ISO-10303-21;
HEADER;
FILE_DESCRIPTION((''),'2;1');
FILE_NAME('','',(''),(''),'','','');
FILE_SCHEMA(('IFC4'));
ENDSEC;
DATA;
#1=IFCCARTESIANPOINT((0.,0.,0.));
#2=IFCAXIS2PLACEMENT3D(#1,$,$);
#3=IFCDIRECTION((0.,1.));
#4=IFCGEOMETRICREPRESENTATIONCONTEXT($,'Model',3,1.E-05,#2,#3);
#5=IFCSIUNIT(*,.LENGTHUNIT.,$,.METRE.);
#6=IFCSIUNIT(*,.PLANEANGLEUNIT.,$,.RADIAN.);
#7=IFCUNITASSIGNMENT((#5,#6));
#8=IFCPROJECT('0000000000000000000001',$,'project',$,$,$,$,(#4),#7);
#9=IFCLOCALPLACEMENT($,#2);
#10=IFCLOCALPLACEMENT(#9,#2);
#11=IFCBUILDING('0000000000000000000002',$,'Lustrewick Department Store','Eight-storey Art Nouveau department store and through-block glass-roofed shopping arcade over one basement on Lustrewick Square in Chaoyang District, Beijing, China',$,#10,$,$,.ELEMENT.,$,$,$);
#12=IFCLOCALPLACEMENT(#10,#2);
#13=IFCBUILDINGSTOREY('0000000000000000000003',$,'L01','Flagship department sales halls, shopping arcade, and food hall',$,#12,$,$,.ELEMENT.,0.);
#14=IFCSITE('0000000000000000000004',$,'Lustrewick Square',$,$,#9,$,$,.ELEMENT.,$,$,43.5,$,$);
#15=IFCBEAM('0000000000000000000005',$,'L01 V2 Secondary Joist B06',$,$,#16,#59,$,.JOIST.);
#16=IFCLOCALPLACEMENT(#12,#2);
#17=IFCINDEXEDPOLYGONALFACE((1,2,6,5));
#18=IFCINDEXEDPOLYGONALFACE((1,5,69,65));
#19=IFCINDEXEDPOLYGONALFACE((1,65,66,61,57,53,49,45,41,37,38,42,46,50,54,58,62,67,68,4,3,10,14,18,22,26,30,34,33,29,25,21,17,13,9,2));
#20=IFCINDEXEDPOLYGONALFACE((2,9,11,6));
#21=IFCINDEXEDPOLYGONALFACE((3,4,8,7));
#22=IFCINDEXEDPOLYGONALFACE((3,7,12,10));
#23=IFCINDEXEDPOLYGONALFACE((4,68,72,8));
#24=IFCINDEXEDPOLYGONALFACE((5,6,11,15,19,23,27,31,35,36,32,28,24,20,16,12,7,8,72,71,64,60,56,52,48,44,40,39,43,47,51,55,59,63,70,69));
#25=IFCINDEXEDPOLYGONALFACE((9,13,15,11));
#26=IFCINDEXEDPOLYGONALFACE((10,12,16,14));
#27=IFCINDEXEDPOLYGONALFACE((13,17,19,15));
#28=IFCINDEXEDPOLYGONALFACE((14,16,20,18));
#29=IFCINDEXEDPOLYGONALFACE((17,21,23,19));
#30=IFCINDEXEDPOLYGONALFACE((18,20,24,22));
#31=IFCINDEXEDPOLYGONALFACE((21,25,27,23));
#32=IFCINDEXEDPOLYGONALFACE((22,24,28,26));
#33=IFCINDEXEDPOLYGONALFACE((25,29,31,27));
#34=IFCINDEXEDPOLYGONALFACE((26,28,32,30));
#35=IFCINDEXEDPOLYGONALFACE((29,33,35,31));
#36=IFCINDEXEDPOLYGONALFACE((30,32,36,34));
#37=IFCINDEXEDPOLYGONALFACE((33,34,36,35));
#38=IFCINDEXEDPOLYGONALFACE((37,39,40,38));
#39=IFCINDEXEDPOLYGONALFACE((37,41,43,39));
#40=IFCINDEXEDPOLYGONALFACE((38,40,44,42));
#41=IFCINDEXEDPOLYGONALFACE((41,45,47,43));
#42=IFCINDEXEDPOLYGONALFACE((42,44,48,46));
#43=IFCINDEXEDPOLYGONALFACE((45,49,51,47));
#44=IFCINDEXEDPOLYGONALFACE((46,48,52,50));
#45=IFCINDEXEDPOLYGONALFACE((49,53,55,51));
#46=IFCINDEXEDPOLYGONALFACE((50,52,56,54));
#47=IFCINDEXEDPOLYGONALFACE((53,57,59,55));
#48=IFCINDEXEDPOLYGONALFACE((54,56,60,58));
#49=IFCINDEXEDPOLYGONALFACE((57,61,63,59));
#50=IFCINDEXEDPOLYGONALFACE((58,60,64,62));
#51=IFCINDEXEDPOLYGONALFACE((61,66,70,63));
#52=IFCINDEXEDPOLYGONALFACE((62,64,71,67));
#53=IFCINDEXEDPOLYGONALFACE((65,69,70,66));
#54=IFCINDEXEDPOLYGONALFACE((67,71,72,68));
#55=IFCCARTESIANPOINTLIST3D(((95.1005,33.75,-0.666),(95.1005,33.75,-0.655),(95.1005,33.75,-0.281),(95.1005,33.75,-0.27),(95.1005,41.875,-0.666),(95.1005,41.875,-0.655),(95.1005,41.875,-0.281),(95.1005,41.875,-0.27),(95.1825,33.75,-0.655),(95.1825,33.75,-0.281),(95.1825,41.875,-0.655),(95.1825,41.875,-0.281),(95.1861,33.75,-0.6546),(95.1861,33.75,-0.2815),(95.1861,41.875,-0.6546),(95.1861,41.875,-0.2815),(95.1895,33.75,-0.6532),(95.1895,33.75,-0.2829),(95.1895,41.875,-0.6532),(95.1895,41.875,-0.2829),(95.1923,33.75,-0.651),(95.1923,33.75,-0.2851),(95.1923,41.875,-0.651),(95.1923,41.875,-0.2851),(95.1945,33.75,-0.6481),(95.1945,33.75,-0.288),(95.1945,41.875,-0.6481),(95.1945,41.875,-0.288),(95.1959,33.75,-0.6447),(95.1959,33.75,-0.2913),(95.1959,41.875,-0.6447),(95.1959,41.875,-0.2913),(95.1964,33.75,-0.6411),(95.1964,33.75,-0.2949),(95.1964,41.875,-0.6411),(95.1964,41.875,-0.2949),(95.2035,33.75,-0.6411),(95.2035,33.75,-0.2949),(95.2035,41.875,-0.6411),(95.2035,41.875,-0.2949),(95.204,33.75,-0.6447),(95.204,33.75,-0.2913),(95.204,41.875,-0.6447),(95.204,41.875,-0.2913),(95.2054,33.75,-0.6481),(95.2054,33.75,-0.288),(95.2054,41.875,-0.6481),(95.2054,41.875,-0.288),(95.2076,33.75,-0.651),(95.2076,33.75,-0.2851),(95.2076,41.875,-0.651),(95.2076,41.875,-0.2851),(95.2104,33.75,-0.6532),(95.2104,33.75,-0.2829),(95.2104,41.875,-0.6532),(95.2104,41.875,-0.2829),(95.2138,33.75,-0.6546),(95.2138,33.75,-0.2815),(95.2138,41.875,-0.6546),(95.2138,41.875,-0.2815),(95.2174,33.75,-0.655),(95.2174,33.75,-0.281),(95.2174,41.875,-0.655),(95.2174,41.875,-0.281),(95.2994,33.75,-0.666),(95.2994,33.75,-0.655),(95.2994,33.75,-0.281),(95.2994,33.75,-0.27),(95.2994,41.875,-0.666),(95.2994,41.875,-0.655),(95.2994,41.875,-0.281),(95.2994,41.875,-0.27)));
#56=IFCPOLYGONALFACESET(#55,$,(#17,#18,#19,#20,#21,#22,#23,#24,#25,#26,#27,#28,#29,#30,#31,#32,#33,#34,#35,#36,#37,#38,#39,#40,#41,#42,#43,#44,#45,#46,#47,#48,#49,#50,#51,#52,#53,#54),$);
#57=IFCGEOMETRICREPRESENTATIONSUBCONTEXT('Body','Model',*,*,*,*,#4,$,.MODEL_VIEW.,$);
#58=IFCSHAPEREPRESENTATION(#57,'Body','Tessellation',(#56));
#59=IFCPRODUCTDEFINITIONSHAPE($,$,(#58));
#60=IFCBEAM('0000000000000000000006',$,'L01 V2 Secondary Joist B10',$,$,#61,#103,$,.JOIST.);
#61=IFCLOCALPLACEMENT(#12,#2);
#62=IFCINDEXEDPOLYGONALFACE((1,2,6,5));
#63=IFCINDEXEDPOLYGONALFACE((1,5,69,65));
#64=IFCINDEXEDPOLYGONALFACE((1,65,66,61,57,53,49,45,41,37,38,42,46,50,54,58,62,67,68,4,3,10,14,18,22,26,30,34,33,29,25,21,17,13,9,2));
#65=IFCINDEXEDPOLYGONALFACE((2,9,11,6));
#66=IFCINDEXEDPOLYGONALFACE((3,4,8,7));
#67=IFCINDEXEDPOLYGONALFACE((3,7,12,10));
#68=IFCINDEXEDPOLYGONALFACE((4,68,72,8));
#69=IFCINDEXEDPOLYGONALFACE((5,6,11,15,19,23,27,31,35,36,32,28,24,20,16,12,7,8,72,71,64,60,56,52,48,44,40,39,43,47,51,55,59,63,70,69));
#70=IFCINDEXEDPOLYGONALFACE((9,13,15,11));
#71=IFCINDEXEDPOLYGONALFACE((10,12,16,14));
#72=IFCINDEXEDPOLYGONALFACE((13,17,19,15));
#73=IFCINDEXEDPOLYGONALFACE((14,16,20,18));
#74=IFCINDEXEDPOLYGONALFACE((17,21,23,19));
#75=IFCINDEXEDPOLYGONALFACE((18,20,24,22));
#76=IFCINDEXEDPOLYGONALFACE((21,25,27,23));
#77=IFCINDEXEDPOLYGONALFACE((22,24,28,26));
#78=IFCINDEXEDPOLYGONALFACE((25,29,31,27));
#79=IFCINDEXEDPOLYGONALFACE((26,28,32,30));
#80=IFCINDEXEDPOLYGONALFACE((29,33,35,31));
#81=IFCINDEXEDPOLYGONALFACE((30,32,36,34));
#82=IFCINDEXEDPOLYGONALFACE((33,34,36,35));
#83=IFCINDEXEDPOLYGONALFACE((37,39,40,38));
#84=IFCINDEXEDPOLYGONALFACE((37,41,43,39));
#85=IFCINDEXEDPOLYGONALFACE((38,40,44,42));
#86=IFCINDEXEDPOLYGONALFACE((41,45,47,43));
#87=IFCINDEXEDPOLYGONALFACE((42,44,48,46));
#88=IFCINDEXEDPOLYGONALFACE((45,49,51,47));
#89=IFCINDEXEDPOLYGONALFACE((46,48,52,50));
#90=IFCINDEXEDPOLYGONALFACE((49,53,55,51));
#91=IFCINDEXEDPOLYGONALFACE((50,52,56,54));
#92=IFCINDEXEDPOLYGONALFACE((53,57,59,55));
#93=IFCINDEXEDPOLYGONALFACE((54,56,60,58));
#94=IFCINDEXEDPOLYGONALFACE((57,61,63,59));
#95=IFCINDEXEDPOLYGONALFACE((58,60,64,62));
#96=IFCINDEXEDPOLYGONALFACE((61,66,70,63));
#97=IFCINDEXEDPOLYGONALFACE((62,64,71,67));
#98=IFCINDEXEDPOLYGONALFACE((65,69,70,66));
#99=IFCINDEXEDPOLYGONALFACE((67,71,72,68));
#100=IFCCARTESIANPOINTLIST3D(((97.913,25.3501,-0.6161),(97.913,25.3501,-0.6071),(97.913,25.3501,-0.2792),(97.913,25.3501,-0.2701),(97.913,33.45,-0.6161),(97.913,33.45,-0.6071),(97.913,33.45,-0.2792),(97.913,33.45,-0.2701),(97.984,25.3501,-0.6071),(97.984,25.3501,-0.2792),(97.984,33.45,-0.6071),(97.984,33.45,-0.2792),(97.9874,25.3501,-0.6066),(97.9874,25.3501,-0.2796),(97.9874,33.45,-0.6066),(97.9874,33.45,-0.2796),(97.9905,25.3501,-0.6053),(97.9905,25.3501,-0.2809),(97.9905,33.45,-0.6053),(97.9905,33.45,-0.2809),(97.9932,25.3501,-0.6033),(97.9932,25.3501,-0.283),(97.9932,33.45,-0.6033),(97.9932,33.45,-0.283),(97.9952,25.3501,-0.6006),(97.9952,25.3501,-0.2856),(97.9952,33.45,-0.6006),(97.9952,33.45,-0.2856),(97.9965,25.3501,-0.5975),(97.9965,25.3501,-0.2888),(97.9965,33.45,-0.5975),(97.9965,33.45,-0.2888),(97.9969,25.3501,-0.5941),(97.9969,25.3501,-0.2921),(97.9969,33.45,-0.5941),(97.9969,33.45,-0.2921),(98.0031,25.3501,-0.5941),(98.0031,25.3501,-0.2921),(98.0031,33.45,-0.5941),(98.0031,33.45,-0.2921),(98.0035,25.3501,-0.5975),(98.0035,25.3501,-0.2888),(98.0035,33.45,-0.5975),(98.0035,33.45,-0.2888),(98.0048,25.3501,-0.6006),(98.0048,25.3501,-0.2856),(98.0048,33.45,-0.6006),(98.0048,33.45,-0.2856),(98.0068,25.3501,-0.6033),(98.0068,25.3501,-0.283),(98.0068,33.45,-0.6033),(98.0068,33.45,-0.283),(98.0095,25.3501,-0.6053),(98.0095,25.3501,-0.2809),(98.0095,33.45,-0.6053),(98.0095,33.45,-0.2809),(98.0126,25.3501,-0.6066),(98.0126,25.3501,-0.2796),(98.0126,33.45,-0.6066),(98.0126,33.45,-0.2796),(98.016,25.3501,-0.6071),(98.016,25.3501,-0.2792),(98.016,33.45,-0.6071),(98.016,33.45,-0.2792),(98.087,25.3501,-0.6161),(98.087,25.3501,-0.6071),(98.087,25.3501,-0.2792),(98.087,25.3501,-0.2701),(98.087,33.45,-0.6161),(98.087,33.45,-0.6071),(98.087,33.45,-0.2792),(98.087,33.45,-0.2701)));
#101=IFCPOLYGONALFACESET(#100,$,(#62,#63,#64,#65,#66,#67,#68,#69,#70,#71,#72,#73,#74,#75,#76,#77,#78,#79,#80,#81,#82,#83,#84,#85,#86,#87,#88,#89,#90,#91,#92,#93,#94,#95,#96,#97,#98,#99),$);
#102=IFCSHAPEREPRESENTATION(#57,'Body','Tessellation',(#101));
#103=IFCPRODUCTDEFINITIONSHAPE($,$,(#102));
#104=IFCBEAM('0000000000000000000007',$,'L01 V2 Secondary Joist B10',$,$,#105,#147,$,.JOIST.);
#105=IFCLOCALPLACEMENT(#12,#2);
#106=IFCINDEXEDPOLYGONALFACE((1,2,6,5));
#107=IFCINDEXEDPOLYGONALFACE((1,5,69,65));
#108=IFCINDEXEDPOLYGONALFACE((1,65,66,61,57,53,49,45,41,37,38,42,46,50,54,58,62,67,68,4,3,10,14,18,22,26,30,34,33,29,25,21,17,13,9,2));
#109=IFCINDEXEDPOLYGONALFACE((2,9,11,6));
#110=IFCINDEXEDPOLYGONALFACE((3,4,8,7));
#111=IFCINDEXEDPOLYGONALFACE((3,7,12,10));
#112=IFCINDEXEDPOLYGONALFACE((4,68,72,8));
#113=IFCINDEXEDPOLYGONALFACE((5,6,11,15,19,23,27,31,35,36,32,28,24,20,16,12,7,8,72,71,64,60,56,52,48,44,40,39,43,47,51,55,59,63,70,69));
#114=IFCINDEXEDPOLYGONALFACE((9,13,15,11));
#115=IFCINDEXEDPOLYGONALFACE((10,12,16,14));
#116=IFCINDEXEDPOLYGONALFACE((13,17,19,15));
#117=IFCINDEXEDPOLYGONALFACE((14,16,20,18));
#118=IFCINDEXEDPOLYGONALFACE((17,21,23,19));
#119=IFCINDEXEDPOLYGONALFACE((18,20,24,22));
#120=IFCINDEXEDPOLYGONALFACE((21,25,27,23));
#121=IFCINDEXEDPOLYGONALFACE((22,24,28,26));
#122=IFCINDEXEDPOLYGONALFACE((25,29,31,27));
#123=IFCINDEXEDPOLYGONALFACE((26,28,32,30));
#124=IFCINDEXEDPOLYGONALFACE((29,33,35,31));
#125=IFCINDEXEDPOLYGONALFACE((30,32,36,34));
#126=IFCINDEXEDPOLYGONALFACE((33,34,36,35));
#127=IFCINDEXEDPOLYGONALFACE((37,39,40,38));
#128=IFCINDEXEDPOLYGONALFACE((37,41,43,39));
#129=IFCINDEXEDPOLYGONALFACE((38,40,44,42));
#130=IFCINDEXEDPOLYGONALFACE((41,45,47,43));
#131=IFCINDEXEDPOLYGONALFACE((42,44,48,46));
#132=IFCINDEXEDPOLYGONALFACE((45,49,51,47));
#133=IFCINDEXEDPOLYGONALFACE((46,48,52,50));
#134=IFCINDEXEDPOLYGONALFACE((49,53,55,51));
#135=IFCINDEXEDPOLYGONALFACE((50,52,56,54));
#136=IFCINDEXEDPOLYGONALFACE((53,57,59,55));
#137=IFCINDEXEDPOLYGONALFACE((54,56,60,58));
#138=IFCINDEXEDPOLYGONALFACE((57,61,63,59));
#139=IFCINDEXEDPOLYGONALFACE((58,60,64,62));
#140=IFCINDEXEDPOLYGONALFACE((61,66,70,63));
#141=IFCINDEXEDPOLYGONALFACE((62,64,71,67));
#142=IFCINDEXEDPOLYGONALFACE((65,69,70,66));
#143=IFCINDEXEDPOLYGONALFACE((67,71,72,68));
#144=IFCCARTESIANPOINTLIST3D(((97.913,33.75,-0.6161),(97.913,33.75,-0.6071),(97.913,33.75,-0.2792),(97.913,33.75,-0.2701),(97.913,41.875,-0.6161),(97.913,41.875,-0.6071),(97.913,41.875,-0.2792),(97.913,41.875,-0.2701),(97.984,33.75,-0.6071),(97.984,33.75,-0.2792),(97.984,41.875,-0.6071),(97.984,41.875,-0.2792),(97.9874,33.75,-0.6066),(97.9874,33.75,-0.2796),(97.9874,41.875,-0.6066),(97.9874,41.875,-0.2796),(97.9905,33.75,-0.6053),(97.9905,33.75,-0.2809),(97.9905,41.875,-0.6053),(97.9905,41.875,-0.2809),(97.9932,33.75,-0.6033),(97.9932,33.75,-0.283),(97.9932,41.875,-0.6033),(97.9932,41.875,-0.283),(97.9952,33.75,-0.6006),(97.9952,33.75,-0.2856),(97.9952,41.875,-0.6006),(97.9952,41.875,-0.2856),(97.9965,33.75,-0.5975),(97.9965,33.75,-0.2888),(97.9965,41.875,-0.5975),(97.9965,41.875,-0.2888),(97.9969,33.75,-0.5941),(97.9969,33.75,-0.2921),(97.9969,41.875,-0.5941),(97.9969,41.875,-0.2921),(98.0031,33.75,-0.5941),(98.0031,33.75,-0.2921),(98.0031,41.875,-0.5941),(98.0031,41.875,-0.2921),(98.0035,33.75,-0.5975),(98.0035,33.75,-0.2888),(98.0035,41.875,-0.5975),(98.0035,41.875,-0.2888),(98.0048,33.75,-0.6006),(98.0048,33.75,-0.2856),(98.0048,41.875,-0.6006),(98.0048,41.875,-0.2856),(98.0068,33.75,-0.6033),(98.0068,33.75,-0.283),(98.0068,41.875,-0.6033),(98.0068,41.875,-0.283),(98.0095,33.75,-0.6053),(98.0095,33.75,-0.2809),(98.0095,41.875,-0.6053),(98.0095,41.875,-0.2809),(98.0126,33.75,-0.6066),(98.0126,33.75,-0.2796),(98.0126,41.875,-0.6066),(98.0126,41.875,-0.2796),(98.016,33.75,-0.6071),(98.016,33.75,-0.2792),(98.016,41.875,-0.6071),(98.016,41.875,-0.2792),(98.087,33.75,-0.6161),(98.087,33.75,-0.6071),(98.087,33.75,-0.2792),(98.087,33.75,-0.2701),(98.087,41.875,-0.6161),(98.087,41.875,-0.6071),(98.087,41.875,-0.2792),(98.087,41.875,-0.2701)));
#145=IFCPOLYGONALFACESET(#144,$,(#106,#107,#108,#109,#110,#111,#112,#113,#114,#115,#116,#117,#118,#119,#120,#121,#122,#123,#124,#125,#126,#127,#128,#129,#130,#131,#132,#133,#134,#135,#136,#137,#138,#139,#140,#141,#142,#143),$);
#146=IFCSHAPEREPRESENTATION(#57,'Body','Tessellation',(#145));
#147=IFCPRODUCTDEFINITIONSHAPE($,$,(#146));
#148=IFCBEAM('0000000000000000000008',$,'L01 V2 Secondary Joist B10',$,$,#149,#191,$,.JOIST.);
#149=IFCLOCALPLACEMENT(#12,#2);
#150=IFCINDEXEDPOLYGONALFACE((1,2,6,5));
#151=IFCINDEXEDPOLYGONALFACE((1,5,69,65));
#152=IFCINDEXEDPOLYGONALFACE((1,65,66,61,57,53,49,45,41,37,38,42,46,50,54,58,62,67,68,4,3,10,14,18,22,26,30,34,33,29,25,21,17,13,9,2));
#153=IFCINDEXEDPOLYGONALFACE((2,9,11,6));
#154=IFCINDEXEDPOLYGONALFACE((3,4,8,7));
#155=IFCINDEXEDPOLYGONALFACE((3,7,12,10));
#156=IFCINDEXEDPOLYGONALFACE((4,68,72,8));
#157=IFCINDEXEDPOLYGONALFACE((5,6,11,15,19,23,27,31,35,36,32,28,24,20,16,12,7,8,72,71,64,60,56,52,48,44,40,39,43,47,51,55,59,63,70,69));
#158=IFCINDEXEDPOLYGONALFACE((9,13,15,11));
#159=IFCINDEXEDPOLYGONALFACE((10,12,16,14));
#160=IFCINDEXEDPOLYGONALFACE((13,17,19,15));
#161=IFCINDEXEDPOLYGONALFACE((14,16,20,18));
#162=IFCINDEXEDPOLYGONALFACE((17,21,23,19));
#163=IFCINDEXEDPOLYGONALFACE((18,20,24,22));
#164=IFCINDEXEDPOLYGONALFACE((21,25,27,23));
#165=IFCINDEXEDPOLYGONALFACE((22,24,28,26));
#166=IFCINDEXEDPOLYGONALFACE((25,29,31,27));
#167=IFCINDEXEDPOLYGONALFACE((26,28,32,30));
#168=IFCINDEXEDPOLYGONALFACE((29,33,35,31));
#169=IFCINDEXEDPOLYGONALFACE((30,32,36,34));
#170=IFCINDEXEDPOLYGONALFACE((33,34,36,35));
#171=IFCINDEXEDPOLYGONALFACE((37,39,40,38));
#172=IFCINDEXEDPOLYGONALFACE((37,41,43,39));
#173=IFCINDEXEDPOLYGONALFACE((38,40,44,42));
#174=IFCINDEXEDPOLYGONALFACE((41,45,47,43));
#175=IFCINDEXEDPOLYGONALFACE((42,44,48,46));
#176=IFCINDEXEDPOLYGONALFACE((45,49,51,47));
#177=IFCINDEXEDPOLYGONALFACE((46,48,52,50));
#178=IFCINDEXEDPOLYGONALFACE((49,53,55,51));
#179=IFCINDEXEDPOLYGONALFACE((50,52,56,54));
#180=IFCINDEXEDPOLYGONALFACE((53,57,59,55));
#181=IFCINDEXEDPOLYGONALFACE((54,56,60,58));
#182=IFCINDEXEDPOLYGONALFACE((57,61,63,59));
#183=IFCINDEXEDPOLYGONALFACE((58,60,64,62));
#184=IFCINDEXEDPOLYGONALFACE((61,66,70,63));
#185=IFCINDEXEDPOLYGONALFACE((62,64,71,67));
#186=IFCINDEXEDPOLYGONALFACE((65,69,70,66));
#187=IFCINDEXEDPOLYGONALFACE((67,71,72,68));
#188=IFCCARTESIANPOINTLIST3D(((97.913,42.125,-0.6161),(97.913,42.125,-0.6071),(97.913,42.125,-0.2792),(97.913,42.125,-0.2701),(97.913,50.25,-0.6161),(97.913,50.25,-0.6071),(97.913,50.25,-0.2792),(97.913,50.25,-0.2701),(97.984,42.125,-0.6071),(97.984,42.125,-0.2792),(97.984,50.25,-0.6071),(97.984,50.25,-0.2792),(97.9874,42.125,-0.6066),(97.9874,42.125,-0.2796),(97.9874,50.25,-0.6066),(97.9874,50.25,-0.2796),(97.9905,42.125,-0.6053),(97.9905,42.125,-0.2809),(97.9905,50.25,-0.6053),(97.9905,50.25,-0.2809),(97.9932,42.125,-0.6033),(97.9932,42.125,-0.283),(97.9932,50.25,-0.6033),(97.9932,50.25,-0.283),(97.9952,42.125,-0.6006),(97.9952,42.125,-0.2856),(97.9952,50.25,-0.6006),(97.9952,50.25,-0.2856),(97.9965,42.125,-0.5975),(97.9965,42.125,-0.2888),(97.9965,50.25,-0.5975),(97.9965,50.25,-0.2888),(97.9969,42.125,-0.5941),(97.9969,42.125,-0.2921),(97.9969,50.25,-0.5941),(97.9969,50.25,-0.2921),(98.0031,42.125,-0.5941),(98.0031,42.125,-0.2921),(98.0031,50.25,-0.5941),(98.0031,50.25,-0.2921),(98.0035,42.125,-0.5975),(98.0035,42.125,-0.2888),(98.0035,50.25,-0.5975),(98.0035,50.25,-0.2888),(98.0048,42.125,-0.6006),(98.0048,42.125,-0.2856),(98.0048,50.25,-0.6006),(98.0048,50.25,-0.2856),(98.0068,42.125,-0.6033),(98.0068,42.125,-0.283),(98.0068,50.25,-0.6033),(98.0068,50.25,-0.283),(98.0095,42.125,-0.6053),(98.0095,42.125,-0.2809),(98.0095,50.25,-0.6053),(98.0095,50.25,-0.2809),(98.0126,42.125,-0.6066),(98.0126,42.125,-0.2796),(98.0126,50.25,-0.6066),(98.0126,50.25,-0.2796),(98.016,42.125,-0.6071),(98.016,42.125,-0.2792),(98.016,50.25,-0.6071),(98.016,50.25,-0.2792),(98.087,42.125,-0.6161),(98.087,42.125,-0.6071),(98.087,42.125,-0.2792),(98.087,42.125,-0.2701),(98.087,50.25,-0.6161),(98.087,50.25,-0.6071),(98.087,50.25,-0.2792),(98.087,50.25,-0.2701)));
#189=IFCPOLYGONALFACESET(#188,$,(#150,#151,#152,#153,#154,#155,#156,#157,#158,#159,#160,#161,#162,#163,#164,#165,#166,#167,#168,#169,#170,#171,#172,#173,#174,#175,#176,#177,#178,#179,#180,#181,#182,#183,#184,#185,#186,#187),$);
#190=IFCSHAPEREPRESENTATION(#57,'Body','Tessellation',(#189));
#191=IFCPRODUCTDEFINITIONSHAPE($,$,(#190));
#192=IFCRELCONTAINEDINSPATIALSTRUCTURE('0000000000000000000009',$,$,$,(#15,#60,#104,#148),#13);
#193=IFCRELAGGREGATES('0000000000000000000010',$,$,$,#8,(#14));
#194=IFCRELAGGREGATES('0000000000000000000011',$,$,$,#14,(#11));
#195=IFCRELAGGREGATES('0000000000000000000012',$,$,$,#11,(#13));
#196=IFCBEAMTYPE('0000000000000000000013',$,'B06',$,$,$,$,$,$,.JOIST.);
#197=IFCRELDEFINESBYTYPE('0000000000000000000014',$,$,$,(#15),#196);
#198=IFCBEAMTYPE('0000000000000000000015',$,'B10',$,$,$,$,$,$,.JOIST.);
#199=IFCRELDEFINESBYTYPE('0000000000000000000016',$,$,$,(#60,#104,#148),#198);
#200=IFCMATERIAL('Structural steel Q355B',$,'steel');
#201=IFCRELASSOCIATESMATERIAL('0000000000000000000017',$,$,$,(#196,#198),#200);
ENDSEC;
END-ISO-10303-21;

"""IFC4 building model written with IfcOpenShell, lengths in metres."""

from ifc_helpers import new_model, si_unit, direction, frame, origin, origin_2d, place, context, subcontext, project, spatial, i_section, extrude, material, material_profile, profile_set, type_object, element, save


model = new_model("IFC4")

# Units and contexts
model_context = context("Model", 3, precision=1e-05, world=origin(), true_north=direction((0.0, 1.0)))
body_context = subcontext(model_context, "Body", "Model", "MODEL_VIEW")
ifc_project = project(units=[si_unit("LENGTHUNIT", "METRE"), si_unit("PLANEANGLEUNIT", "RADIAN")], contexts=[model_context])

# Site, building, storey
site_placement = place(None, origin())
site = spatial("IfcSite", under=ifc_project, at=site_placement, Name="Lustrewick Square", CompositionType="ELEMENT", RefElevation=43.5)
building_placement = place(site_placement, origin())
building = spatial("IfcBuilding", under=site, at=building_placement, Name="Lustrewick Department Store", Description="Eight-storey Art Nouveau department store and through-block glass-roofed shopping arcade over one basement on Lustrewick Square in Chaoyang District, Beijing, China", CompositionType="ELEMENT")
storey_placement = place(building_placement, origin())
storey = spatial("IfcBuildingStorey", under=building, at=storey_placement, Name="L01", Description="Flagship department sales halls, shopping arcade, and food hall", CompositionType="ELEMENT", Elevation=0.0)

# Beams
ifc_material_1 = material(Name="Structural steel Q355B", Category="steel")
ifc_material_profile_1 = material_profile(ifc_material_1, i_section(OverallWidth=0.199, OverallDepth=0.396, WebThickness=0.0071, FlangeThickness=0.011, FilletRadius=0.0139, at=origin_2d()), Name="HN 396x199x7x11")
ifc_profile_set_1 = profile_set([ifc_material_profile_1], Name="Structural steel Q355B")
beam_type_1 = type_object("IfcBeamType", Name="B06", PredefinedType="JOIST", material=ifc_profile_set_1)
beam_1_placement = place(storey_placement, frame((95.2, 33.75, -0.468), z_axis=(0.0, 1.0, 0.0), x_axis=(-1.0, 0.0, 0.0)))
element("IfcBeam", 1, at=beam_1_placement, inside=storey, type_object=beam_type_1, Name="L01 V2 Secondary Joist B06", PredefinedType="JOIST", context=body_context, shape_type="SweptSolid", body=[
    extrude(i_section(OverallWidth=0.199, OverallDepth=0.396, WebThickness=0.0071, FlangeThickness=0.011, FilletRadius=0.0139, at=origin_2d()), origin(), (0.0, 0.0, 1.0), 8.125),
])
ifc_material_profile_2 = material_profile(ifc_material_1, i_section(OverallWidth=0.1741, OverallDepth=0.3459, WebThickness=0.0061, FlangeThickness=0.009, FilletRadius=0.0129, at=origin_2d()), Name="HN 346x174x6x9")
ifc_profile_set_2 = profile_set([ifc_material_profile_2], Name="Structural steel Q355B")
beam_type_2 = type_object("IfcBeamType", Name="B10", PredefinedType="JOIST", material=ifc_profile_set_2)
beam_2_placement = place(storey_placement, frame((98.0, 25.3501, -0.4431), z_axis=(0.0, 1.0, 0.0), x_axis=(-1.0, 0.0, 0.0)))
element("IfcBeam", 2, at=beam_2_placement, inside=storey, type_object=beam_type_2, Name="L01 V2 Secondary Joist B10", PredefinedType="JOIST", context=body_context, shape_type="SweptSolid", body=[
    extrude(i_section(OverallWidth=0.1741, OverallDepth=0.3459, WebThickness=0.0061, FlangeThickness=0.009, FilletRadius=0.0129, at=origin_2d()), origin(), (0.0, 0.0, 1.0), 8.0999),
])
for number, where, z_axis, x_axis, name in (
    (3, (98.0, 33.75, -0.4431), (0.0, 1.0, 0.0), (-1.0, 0.0, 0.0), "L01 V2 Secondary Joist B10"),
    (4, (98.0, 42.125, -0.4431), (0.0, 1.0, 0.0), (-1.0, 0.0, 0.0), "L01 V2 Secondary Joist B10"),
):
    element("IfcBeam", number, at=place(storey_placement, frame(where, z_axis=z_axis, x_axis=x_axis)), inside=storey, type_object=beam_type_2, Name=name, PredefinedType="JOIST", context=body_context, shape_type="SweptSolid", body=[
        extrude(i_section(OverallWidth=0.1741, OverallDepth=0.3459, WebThickness=0.0061, FlangeThickness=0.009, FilletRadius=0.0129, at=origin_2d()), origin(), (0.0, 0.0, 1.0), 8.125),
    ])

save(model, "model.ifc")
